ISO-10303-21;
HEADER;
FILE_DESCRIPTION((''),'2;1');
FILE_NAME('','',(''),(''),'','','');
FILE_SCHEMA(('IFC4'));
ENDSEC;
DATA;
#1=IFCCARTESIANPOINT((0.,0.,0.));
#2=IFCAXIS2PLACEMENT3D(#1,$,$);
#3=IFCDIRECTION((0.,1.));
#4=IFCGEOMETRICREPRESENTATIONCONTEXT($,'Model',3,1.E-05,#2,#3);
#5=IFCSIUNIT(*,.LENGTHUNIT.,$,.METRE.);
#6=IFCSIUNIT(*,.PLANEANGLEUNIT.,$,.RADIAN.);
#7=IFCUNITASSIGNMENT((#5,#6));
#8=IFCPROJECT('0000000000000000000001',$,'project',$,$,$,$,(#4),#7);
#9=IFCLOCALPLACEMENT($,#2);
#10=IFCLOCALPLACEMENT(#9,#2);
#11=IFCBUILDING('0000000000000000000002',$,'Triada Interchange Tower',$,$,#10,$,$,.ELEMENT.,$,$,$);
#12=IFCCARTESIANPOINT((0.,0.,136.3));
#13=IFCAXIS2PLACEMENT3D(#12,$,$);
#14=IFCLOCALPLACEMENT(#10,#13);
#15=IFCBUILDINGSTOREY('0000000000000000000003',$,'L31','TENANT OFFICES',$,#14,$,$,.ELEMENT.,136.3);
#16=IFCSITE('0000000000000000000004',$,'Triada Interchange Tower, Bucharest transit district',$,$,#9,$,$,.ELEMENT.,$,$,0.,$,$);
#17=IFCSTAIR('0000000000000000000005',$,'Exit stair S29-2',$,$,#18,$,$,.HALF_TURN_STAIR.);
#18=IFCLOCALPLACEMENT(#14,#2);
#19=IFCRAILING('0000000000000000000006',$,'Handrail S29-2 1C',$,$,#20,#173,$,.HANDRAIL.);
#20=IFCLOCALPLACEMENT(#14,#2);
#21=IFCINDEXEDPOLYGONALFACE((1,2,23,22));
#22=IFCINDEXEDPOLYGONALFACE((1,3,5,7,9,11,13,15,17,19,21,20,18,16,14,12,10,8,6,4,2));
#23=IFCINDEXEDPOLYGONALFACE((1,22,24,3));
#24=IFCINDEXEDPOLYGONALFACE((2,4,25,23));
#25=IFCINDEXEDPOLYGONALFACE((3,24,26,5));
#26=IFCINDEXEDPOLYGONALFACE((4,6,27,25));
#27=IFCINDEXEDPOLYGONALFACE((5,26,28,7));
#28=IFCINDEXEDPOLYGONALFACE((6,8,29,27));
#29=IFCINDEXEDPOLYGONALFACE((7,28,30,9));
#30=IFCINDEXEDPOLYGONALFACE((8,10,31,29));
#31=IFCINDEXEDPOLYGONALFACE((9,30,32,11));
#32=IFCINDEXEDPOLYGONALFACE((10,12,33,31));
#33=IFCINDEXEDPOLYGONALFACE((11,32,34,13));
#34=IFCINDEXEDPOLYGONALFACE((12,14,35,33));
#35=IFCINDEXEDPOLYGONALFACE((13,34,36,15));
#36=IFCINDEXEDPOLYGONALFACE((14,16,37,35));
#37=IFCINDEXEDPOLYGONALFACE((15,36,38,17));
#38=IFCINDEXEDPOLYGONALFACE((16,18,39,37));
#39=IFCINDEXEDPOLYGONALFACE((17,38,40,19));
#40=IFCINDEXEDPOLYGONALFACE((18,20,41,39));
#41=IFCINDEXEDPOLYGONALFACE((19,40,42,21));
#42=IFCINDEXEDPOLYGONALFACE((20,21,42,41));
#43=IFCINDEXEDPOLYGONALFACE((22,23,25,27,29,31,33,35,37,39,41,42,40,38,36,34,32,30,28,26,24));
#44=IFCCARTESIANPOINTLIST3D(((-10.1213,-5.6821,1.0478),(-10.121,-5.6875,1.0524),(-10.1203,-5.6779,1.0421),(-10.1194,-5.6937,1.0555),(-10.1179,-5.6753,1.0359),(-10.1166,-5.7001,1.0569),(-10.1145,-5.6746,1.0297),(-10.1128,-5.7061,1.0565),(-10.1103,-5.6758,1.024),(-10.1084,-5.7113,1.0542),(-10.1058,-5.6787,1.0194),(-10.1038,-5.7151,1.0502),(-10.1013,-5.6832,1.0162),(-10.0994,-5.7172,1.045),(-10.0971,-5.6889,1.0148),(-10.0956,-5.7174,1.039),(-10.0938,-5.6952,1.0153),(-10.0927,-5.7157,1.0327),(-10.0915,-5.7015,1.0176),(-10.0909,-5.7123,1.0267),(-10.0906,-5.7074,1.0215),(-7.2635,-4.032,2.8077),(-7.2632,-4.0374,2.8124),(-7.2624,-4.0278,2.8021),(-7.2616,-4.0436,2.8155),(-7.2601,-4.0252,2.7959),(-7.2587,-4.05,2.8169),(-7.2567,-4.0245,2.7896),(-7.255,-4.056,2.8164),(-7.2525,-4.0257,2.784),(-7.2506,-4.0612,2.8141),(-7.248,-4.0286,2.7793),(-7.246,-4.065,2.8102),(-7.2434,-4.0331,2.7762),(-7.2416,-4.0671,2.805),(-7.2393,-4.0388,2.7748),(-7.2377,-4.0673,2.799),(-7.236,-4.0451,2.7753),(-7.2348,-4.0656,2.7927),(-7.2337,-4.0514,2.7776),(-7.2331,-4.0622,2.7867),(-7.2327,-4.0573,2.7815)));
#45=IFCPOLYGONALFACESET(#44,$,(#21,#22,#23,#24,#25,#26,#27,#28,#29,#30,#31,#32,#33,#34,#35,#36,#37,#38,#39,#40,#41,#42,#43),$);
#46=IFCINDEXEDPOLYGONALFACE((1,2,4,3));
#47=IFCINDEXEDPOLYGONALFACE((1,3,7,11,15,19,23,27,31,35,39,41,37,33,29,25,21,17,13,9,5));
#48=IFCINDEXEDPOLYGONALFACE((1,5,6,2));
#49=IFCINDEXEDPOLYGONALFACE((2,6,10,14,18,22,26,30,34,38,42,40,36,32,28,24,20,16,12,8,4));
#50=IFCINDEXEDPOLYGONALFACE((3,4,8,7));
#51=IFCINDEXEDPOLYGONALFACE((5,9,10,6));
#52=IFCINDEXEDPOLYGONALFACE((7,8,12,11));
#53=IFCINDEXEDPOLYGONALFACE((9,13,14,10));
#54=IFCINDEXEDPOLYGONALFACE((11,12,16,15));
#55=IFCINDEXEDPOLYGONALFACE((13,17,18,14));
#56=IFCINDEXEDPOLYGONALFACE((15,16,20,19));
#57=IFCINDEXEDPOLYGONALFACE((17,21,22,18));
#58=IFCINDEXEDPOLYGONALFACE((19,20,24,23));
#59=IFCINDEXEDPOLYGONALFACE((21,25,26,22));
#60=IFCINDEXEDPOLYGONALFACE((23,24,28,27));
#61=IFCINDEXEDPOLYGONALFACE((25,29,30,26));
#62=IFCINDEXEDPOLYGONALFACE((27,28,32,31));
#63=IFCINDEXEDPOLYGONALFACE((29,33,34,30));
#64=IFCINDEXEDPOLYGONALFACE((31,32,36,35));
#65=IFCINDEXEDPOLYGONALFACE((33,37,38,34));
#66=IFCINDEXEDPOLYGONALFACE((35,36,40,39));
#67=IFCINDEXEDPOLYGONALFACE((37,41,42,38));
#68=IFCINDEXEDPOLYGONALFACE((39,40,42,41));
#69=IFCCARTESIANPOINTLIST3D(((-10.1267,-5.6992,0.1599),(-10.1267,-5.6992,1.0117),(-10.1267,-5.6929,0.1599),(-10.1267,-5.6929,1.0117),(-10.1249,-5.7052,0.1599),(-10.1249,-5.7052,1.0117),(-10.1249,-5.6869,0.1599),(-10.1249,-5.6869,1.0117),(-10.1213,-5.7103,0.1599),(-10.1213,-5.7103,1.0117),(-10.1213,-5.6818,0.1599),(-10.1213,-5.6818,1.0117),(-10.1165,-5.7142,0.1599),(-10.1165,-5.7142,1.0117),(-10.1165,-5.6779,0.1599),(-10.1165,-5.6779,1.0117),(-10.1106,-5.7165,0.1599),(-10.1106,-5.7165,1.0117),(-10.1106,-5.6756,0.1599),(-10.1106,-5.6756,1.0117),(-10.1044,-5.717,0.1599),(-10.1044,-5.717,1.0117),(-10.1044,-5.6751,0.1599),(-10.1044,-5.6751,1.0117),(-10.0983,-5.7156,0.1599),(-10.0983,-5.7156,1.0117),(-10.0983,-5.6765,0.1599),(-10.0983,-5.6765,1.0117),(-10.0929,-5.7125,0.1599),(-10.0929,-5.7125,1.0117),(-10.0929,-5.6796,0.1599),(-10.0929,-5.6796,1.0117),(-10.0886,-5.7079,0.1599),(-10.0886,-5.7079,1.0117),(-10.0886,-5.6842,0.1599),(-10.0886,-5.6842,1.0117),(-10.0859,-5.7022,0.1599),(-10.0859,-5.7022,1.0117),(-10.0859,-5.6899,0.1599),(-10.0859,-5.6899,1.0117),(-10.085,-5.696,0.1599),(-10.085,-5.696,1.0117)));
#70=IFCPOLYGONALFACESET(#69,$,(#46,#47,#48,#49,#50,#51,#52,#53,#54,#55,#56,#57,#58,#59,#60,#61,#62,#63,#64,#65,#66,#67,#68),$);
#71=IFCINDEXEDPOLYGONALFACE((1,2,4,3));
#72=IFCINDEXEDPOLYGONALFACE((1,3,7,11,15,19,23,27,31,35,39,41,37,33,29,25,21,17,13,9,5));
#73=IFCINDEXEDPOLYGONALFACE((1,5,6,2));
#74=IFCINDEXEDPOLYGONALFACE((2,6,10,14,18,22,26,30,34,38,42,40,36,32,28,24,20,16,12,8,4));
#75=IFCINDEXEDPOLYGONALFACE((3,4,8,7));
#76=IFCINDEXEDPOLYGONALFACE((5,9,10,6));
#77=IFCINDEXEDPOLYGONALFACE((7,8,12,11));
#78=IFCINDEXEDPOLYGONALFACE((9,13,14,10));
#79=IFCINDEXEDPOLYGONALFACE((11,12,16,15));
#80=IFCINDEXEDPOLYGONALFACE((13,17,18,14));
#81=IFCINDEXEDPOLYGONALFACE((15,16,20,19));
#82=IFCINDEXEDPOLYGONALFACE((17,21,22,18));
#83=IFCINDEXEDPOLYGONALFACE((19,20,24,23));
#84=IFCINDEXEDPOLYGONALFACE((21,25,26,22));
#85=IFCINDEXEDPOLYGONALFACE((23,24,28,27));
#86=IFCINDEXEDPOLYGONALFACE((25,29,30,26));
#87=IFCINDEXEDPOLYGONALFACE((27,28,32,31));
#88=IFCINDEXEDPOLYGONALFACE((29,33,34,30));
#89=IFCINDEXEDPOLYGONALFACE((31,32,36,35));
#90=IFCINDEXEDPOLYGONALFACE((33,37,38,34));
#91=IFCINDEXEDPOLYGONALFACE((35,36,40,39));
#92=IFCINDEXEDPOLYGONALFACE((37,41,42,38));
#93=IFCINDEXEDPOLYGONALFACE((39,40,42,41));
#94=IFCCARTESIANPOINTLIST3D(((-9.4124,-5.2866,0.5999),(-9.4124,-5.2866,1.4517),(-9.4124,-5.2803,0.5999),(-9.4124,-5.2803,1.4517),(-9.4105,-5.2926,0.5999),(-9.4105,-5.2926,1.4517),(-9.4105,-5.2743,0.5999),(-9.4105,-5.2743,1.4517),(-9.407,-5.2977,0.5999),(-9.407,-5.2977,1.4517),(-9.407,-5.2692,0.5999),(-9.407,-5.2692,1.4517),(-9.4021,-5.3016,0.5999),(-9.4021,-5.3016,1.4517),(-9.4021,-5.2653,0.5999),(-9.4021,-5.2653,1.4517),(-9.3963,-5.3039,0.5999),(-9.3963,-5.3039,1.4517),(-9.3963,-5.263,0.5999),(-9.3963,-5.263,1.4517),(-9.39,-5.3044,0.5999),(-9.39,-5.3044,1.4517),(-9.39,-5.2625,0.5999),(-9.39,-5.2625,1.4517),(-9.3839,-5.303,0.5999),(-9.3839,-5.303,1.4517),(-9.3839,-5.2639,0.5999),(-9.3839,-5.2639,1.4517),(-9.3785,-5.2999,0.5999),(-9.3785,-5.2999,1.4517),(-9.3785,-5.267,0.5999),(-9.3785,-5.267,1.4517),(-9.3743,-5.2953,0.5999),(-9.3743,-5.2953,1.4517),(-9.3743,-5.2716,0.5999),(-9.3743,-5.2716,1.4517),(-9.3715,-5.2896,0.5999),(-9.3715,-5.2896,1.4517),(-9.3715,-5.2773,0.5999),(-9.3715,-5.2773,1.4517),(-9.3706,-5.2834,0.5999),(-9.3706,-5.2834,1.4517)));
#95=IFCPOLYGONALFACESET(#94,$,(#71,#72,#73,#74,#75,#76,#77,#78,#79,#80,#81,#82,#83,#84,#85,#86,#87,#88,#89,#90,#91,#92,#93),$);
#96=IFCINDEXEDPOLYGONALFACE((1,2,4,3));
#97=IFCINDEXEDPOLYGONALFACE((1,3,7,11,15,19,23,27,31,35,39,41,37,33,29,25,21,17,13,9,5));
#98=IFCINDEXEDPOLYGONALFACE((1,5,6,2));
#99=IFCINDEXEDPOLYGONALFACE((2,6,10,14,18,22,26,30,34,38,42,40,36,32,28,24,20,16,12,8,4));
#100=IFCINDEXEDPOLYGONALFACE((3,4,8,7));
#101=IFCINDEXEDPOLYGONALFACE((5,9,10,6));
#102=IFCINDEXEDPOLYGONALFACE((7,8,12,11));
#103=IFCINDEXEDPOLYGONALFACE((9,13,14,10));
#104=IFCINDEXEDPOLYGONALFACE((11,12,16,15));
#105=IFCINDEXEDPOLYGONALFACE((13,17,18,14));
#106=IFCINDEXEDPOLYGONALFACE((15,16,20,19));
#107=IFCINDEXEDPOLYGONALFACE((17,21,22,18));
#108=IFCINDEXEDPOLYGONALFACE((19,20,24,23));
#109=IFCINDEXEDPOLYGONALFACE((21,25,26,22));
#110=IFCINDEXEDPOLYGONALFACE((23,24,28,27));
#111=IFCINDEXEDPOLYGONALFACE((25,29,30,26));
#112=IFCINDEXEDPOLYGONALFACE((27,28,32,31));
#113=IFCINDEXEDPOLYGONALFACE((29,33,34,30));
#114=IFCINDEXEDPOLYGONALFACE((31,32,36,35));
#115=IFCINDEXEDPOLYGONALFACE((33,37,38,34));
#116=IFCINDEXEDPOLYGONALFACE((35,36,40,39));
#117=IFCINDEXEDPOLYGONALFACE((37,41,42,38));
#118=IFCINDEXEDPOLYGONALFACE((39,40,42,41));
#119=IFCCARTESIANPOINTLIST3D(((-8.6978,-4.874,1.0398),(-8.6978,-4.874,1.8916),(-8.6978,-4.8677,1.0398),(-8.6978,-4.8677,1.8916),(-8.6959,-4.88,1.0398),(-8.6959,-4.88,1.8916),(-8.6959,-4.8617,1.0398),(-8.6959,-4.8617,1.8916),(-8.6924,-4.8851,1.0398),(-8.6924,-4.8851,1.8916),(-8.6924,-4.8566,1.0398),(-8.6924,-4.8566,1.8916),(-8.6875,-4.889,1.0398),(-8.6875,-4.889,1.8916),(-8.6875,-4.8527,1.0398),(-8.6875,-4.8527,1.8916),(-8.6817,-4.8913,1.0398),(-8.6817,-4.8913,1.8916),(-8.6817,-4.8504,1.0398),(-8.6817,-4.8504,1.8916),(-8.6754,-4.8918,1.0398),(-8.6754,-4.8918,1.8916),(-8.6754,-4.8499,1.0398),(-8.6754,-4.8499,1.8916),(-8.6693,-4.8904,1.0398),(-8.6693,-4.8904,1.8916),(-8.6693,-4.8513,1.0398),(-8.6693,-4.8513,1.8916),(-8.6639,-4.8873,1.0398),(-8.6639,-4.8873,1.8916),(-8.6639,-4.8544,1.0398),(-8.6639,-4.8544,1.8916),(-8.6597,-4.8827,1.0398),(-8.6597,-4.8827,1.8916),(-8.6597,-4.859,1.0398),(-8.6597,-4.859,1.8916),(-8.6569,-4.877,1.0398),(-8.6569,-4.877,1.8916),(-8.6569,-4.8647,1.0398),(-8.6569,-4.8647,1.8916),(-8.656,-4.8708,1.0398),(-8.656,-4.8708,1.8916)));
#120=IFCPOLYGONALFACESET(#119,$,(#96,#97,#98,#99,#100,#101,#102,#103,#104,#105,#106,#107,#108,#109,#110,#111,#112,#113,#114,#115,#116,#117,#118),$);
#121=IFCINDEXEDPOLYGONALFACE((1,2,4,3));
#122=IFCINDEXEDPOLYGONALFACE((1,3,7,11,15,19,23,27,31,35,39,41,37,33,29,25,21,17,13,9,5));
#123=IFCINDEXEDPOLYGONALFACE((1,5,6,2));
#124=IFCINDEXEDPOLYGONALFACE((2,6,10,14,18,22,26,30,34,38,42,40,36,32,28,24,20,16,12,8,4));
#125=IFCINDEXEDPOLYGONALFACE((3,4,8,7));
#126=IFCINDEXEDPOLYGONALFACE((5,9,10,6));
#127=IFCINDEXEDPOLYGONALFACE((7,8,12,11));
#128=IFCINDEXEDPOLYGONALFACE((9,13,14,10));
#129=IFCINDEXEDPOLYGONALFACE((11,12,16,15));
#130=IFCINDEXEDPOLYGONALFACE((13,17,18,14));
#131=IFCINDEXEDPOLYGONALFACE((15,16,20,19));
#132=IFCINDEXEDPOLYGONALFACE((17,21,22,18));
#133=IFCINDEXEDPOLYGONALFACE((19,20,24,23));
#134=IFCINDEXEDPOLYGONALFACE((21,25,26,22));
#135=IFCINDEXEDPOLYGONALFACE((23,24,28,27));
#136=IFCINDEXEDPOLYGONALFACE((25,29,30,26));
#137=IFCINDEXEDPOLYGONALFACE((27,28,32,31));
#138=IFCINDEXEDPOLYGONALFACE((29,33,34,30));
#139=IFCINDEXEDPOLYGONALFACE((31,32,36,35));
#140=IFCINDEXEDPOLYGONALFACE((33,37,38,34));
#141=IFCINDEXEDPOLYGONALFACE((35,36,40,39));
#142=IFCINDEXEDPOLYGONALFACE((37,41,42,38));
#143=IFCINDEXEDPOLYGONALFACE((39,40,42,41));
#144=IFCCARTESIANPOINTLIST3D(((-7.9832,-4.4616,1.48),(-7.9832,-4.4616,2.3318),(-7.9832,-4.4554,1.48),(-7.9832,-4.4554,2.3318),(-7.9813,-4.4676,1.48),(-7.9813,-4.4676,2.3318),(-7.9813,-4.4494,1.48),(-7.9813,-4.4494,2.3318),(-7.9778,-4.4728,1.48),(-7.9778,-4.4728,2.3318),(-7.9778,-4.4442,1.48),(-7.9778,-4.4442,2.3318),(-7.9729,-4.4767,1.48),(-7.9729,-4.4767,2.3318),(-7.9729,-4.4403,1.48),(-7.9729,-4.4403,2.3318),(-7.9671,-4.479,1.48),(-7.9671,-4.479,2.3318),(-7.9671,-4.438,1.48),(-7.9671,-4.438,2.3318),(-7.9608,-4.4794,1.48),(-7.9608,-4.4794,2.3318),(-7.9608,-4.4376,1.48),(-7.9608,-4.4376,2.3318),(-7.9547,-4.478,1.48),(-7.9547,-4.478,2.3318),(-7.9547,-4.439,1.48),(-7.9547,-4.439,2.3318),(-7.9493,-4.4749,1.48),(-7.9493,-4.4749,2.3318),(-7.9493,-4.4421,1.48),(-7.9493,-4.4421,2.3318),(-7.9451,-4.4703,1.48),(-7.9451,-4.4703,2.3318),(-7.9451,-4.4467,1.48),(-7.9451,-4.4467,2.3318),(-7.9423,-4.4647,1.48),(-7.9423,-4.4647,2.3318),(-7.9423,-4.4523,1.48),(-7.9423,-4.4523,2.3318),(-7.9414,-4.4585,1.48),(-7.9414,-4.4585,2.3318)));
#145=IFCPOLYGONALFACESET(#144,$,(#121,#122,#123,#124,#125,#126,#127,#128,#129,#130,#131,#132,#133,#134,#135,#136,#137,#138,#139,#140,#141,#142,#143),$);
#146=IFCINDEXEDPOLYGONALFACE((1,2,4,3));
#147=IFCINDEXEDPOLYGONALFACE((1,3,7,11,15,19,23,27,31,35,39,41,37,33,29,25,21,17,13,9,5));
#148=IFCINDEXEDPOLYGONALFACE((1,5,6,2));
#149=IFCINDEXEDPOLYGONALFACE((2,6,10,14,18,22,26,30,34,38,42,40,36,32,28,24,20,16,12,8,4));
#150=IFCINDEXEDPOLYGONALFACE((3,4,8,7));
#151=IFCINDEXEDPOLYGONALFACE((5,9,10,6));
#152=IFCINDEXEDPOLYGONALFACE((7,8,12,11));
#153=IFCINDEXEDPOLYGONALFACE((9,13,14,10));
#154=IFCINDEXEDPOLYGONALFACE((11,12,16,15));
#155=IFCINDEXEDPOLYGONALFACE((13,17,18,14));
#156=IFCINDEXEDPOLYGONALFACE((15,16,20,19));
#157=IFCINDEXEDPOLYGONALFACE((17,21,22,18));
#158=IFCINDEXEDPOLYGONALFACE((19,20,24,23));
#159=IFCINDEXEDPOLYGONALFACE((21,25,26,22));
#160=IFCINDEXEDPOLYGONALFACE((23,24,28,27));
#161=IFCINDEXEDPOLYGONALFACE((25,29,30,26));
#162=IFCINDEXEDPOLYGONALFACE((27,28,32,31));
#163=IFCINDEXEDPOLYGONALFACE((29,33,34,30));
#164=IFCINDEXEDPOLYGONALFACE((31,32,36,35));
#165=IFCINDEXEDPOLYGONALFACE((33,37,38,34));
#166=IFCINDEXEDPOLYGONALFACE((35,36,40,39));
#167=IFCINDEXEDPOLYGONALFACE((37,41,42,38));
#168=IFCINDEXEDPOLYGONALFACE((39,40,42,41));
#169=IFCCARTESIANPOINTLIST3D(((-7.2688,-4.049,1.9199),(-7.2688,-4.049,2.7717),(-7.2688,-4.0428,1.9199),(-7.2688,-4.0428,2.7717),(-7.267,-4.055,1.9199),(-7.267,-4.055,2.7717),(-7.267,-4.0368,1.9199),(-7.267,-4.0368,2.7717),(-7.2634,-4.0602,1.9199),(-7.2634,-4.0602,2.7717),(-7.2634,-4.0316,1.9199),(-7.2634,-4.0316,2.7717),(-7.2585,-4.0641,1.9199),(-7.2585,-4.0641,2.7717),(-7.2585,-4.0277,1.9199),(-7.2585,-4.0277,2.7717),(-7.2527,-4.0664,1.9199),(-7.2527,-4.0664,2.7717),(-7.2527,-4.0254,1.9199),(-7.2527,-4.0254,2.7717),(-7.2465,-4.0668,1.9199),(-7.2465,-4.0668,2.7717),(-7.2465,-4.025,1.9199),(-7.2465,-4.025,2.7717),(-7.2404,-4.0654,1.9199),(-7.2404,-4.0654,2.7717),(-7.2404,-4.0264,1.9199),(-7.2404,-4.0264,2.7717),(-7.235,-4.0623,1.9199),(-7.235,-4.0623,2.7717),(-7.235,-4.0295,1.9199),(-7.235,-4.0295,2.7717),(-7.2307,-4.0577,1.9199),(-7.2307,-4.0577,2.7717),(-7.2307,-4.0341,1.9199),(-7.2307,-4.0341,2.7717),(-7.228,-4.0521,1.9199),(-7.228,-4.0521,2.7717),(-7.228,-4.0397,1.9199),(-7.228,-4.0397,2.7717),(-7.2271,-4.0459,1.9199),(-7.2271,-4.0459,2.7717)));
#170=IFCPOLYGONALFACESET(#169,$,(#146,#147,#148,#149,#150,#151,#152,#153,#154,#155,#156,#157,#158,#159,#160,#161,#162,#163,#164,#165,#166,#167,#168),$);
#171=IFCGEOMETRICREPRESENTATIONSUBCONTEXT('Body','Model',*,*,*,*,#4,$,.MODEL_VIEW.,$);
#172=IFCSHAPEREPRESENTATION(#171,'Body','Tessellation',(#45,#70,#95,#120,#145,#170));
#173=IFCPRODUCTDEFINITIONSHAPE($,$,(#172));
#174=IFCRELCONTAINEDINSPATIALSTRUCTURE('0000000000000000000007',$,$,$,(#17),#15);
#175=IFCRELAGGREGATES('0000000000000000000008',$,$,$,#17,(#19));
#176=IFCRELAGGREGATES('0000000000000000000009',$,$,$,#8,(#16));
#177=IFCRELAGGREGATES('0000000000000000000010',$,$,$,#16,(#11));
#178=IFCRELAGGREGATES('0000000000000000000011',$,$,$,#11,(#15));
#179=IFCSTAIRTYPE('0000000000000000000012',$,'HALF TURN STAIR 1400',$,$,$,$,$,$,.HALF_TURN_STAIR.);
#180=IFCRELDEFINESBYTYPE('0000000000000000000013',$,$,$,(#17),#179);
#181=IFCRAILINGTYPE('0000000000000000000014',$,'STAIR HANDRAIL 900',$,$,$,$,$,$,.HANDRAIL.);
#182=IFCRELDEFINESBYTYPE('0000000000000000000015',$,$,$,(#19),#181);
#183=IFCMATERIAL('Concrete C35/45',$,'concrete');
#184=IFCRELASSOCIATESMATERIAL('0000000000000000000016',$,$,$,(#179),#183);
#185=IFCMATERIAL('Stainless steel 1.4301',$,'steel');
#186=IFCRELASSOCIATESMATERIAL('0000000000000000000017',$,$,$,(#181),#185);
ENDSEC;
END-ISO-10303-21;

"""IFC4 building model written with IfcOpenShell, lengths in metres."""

from ifc_helpers import new_model, si_unit, direction, frame, origin, origin_2d, place, context, subcontext, project, spatial, circle, extrude, material, type_object, element, aggregate, save


model = new_model("IFC4")

# Units and contexts
model_context = context("Model", 3, precision=1e-05, world=origin(), true_north=direction((0.0, 1.0)))
body_context = subcontext(model_context, "Body", "Model", "MODEL_VIEW")
ifc_project = project(units=[si_unit("LENGTHUNIT", "METRE"), si_unit("PLANEANGLEUNIT", "RADIAN")], contexts=[model_context])

# Site, building, storey
site_placement = place(None, origin())
site = spatial("IfcSite", under=ifc_project, at=site_placement, Name="Triada Interchange Tower, Bucharest transit district", CompositionType="ELEMENT", RefElevation=0.0)
building_placement = place(site_placement, origin())
building = spatial("IfcBuilding", under=site, at=building_placement, Name="Triada Interchange Tower", CompositionType="ELEMENT")
storey_placement = place(building_placement, frame((0.0, 0.0, 136.3)))
storey = spatial("IfcBuildingStorey", under=building, at=storey_placement, Name="L31", Description="TENANT OFFICES", CompositionType="ELEMENT", Elevation=136.3)

# Stair, railing
ifc_material_1 = material(Name="Concrete C35/45", Category="concrete")
stair_type = type_object("IfcStairType", Name="HALF TURN STAIR 1400", PredefinedType="HALF_TURN_STAIR", material=ifc_material_1)
stair_placement = place(storey_placement, origin())
stair = element("IfcStair", 1, at=stair_placement, inside=storey, type_object=stair_type, Name="Exit stair S29-2", PredefinedType="HALF_TURN_STAIR")
ifc_material_2 = material(Name="Stainless steel 1.4301", Category="steel")
railing_type = type_object("IfcRailingType", Name="STAIR HANDRAIL 900", PredefinedType="HANDRAIL", material=ifc_material_2)
railing_1_placement = place(storey_placement, frame((-10.106, -5.696, 0.1599)))
railing_1 = element("IfcRailing", 2, at=railing_1_placement, type_object=railing_type, Name="Handrail S29-2 1C", PredefinedType="HANDRAIL", context=body_context, shape_type="SweptSolid", body=[
    extrude(circle(Radius=0.0239, at=origin_2d()), frame((0.0, 0.0, 0.876), z_axis=(0.764129, 0.441205, 0.47058), x_axis=(-0.50003, 0.866008, 0.0)), (0.0, 0.0, 1.0), 3.74),
    extrude(circle(Radius=0.021, at=origin_2d()), origin(), (0.0, 0.0, 1.0), 0.8518),
    extrude(circle(Radius=0.021, at=origin_2d()), frame((0.7144, 0.4126, 0.4399)), (0.0, 0.0, 1.0), 0.8518),
    extrude(circle(Radius=0.021, at=origin_2d()), frame((1.429, 0.8252, 0.8799)), (0.0, 0.0, 1.0), 0.8518),
    extrude(circle(Radius=0.021, at=origin_2d()), frame((2.1436, 1.2375, 1.3201)), (0.0, 0.0, 1.0), 0.8518),
    extrude(circle(Radius=0.021, at=origin_2d()), frame((2.8579, 1.6501, 1.76)), (0.0, 0.0, 1.0), 0.8518),
])
aggregate(stair, [railing_1])

save(model, "model.ifc")
